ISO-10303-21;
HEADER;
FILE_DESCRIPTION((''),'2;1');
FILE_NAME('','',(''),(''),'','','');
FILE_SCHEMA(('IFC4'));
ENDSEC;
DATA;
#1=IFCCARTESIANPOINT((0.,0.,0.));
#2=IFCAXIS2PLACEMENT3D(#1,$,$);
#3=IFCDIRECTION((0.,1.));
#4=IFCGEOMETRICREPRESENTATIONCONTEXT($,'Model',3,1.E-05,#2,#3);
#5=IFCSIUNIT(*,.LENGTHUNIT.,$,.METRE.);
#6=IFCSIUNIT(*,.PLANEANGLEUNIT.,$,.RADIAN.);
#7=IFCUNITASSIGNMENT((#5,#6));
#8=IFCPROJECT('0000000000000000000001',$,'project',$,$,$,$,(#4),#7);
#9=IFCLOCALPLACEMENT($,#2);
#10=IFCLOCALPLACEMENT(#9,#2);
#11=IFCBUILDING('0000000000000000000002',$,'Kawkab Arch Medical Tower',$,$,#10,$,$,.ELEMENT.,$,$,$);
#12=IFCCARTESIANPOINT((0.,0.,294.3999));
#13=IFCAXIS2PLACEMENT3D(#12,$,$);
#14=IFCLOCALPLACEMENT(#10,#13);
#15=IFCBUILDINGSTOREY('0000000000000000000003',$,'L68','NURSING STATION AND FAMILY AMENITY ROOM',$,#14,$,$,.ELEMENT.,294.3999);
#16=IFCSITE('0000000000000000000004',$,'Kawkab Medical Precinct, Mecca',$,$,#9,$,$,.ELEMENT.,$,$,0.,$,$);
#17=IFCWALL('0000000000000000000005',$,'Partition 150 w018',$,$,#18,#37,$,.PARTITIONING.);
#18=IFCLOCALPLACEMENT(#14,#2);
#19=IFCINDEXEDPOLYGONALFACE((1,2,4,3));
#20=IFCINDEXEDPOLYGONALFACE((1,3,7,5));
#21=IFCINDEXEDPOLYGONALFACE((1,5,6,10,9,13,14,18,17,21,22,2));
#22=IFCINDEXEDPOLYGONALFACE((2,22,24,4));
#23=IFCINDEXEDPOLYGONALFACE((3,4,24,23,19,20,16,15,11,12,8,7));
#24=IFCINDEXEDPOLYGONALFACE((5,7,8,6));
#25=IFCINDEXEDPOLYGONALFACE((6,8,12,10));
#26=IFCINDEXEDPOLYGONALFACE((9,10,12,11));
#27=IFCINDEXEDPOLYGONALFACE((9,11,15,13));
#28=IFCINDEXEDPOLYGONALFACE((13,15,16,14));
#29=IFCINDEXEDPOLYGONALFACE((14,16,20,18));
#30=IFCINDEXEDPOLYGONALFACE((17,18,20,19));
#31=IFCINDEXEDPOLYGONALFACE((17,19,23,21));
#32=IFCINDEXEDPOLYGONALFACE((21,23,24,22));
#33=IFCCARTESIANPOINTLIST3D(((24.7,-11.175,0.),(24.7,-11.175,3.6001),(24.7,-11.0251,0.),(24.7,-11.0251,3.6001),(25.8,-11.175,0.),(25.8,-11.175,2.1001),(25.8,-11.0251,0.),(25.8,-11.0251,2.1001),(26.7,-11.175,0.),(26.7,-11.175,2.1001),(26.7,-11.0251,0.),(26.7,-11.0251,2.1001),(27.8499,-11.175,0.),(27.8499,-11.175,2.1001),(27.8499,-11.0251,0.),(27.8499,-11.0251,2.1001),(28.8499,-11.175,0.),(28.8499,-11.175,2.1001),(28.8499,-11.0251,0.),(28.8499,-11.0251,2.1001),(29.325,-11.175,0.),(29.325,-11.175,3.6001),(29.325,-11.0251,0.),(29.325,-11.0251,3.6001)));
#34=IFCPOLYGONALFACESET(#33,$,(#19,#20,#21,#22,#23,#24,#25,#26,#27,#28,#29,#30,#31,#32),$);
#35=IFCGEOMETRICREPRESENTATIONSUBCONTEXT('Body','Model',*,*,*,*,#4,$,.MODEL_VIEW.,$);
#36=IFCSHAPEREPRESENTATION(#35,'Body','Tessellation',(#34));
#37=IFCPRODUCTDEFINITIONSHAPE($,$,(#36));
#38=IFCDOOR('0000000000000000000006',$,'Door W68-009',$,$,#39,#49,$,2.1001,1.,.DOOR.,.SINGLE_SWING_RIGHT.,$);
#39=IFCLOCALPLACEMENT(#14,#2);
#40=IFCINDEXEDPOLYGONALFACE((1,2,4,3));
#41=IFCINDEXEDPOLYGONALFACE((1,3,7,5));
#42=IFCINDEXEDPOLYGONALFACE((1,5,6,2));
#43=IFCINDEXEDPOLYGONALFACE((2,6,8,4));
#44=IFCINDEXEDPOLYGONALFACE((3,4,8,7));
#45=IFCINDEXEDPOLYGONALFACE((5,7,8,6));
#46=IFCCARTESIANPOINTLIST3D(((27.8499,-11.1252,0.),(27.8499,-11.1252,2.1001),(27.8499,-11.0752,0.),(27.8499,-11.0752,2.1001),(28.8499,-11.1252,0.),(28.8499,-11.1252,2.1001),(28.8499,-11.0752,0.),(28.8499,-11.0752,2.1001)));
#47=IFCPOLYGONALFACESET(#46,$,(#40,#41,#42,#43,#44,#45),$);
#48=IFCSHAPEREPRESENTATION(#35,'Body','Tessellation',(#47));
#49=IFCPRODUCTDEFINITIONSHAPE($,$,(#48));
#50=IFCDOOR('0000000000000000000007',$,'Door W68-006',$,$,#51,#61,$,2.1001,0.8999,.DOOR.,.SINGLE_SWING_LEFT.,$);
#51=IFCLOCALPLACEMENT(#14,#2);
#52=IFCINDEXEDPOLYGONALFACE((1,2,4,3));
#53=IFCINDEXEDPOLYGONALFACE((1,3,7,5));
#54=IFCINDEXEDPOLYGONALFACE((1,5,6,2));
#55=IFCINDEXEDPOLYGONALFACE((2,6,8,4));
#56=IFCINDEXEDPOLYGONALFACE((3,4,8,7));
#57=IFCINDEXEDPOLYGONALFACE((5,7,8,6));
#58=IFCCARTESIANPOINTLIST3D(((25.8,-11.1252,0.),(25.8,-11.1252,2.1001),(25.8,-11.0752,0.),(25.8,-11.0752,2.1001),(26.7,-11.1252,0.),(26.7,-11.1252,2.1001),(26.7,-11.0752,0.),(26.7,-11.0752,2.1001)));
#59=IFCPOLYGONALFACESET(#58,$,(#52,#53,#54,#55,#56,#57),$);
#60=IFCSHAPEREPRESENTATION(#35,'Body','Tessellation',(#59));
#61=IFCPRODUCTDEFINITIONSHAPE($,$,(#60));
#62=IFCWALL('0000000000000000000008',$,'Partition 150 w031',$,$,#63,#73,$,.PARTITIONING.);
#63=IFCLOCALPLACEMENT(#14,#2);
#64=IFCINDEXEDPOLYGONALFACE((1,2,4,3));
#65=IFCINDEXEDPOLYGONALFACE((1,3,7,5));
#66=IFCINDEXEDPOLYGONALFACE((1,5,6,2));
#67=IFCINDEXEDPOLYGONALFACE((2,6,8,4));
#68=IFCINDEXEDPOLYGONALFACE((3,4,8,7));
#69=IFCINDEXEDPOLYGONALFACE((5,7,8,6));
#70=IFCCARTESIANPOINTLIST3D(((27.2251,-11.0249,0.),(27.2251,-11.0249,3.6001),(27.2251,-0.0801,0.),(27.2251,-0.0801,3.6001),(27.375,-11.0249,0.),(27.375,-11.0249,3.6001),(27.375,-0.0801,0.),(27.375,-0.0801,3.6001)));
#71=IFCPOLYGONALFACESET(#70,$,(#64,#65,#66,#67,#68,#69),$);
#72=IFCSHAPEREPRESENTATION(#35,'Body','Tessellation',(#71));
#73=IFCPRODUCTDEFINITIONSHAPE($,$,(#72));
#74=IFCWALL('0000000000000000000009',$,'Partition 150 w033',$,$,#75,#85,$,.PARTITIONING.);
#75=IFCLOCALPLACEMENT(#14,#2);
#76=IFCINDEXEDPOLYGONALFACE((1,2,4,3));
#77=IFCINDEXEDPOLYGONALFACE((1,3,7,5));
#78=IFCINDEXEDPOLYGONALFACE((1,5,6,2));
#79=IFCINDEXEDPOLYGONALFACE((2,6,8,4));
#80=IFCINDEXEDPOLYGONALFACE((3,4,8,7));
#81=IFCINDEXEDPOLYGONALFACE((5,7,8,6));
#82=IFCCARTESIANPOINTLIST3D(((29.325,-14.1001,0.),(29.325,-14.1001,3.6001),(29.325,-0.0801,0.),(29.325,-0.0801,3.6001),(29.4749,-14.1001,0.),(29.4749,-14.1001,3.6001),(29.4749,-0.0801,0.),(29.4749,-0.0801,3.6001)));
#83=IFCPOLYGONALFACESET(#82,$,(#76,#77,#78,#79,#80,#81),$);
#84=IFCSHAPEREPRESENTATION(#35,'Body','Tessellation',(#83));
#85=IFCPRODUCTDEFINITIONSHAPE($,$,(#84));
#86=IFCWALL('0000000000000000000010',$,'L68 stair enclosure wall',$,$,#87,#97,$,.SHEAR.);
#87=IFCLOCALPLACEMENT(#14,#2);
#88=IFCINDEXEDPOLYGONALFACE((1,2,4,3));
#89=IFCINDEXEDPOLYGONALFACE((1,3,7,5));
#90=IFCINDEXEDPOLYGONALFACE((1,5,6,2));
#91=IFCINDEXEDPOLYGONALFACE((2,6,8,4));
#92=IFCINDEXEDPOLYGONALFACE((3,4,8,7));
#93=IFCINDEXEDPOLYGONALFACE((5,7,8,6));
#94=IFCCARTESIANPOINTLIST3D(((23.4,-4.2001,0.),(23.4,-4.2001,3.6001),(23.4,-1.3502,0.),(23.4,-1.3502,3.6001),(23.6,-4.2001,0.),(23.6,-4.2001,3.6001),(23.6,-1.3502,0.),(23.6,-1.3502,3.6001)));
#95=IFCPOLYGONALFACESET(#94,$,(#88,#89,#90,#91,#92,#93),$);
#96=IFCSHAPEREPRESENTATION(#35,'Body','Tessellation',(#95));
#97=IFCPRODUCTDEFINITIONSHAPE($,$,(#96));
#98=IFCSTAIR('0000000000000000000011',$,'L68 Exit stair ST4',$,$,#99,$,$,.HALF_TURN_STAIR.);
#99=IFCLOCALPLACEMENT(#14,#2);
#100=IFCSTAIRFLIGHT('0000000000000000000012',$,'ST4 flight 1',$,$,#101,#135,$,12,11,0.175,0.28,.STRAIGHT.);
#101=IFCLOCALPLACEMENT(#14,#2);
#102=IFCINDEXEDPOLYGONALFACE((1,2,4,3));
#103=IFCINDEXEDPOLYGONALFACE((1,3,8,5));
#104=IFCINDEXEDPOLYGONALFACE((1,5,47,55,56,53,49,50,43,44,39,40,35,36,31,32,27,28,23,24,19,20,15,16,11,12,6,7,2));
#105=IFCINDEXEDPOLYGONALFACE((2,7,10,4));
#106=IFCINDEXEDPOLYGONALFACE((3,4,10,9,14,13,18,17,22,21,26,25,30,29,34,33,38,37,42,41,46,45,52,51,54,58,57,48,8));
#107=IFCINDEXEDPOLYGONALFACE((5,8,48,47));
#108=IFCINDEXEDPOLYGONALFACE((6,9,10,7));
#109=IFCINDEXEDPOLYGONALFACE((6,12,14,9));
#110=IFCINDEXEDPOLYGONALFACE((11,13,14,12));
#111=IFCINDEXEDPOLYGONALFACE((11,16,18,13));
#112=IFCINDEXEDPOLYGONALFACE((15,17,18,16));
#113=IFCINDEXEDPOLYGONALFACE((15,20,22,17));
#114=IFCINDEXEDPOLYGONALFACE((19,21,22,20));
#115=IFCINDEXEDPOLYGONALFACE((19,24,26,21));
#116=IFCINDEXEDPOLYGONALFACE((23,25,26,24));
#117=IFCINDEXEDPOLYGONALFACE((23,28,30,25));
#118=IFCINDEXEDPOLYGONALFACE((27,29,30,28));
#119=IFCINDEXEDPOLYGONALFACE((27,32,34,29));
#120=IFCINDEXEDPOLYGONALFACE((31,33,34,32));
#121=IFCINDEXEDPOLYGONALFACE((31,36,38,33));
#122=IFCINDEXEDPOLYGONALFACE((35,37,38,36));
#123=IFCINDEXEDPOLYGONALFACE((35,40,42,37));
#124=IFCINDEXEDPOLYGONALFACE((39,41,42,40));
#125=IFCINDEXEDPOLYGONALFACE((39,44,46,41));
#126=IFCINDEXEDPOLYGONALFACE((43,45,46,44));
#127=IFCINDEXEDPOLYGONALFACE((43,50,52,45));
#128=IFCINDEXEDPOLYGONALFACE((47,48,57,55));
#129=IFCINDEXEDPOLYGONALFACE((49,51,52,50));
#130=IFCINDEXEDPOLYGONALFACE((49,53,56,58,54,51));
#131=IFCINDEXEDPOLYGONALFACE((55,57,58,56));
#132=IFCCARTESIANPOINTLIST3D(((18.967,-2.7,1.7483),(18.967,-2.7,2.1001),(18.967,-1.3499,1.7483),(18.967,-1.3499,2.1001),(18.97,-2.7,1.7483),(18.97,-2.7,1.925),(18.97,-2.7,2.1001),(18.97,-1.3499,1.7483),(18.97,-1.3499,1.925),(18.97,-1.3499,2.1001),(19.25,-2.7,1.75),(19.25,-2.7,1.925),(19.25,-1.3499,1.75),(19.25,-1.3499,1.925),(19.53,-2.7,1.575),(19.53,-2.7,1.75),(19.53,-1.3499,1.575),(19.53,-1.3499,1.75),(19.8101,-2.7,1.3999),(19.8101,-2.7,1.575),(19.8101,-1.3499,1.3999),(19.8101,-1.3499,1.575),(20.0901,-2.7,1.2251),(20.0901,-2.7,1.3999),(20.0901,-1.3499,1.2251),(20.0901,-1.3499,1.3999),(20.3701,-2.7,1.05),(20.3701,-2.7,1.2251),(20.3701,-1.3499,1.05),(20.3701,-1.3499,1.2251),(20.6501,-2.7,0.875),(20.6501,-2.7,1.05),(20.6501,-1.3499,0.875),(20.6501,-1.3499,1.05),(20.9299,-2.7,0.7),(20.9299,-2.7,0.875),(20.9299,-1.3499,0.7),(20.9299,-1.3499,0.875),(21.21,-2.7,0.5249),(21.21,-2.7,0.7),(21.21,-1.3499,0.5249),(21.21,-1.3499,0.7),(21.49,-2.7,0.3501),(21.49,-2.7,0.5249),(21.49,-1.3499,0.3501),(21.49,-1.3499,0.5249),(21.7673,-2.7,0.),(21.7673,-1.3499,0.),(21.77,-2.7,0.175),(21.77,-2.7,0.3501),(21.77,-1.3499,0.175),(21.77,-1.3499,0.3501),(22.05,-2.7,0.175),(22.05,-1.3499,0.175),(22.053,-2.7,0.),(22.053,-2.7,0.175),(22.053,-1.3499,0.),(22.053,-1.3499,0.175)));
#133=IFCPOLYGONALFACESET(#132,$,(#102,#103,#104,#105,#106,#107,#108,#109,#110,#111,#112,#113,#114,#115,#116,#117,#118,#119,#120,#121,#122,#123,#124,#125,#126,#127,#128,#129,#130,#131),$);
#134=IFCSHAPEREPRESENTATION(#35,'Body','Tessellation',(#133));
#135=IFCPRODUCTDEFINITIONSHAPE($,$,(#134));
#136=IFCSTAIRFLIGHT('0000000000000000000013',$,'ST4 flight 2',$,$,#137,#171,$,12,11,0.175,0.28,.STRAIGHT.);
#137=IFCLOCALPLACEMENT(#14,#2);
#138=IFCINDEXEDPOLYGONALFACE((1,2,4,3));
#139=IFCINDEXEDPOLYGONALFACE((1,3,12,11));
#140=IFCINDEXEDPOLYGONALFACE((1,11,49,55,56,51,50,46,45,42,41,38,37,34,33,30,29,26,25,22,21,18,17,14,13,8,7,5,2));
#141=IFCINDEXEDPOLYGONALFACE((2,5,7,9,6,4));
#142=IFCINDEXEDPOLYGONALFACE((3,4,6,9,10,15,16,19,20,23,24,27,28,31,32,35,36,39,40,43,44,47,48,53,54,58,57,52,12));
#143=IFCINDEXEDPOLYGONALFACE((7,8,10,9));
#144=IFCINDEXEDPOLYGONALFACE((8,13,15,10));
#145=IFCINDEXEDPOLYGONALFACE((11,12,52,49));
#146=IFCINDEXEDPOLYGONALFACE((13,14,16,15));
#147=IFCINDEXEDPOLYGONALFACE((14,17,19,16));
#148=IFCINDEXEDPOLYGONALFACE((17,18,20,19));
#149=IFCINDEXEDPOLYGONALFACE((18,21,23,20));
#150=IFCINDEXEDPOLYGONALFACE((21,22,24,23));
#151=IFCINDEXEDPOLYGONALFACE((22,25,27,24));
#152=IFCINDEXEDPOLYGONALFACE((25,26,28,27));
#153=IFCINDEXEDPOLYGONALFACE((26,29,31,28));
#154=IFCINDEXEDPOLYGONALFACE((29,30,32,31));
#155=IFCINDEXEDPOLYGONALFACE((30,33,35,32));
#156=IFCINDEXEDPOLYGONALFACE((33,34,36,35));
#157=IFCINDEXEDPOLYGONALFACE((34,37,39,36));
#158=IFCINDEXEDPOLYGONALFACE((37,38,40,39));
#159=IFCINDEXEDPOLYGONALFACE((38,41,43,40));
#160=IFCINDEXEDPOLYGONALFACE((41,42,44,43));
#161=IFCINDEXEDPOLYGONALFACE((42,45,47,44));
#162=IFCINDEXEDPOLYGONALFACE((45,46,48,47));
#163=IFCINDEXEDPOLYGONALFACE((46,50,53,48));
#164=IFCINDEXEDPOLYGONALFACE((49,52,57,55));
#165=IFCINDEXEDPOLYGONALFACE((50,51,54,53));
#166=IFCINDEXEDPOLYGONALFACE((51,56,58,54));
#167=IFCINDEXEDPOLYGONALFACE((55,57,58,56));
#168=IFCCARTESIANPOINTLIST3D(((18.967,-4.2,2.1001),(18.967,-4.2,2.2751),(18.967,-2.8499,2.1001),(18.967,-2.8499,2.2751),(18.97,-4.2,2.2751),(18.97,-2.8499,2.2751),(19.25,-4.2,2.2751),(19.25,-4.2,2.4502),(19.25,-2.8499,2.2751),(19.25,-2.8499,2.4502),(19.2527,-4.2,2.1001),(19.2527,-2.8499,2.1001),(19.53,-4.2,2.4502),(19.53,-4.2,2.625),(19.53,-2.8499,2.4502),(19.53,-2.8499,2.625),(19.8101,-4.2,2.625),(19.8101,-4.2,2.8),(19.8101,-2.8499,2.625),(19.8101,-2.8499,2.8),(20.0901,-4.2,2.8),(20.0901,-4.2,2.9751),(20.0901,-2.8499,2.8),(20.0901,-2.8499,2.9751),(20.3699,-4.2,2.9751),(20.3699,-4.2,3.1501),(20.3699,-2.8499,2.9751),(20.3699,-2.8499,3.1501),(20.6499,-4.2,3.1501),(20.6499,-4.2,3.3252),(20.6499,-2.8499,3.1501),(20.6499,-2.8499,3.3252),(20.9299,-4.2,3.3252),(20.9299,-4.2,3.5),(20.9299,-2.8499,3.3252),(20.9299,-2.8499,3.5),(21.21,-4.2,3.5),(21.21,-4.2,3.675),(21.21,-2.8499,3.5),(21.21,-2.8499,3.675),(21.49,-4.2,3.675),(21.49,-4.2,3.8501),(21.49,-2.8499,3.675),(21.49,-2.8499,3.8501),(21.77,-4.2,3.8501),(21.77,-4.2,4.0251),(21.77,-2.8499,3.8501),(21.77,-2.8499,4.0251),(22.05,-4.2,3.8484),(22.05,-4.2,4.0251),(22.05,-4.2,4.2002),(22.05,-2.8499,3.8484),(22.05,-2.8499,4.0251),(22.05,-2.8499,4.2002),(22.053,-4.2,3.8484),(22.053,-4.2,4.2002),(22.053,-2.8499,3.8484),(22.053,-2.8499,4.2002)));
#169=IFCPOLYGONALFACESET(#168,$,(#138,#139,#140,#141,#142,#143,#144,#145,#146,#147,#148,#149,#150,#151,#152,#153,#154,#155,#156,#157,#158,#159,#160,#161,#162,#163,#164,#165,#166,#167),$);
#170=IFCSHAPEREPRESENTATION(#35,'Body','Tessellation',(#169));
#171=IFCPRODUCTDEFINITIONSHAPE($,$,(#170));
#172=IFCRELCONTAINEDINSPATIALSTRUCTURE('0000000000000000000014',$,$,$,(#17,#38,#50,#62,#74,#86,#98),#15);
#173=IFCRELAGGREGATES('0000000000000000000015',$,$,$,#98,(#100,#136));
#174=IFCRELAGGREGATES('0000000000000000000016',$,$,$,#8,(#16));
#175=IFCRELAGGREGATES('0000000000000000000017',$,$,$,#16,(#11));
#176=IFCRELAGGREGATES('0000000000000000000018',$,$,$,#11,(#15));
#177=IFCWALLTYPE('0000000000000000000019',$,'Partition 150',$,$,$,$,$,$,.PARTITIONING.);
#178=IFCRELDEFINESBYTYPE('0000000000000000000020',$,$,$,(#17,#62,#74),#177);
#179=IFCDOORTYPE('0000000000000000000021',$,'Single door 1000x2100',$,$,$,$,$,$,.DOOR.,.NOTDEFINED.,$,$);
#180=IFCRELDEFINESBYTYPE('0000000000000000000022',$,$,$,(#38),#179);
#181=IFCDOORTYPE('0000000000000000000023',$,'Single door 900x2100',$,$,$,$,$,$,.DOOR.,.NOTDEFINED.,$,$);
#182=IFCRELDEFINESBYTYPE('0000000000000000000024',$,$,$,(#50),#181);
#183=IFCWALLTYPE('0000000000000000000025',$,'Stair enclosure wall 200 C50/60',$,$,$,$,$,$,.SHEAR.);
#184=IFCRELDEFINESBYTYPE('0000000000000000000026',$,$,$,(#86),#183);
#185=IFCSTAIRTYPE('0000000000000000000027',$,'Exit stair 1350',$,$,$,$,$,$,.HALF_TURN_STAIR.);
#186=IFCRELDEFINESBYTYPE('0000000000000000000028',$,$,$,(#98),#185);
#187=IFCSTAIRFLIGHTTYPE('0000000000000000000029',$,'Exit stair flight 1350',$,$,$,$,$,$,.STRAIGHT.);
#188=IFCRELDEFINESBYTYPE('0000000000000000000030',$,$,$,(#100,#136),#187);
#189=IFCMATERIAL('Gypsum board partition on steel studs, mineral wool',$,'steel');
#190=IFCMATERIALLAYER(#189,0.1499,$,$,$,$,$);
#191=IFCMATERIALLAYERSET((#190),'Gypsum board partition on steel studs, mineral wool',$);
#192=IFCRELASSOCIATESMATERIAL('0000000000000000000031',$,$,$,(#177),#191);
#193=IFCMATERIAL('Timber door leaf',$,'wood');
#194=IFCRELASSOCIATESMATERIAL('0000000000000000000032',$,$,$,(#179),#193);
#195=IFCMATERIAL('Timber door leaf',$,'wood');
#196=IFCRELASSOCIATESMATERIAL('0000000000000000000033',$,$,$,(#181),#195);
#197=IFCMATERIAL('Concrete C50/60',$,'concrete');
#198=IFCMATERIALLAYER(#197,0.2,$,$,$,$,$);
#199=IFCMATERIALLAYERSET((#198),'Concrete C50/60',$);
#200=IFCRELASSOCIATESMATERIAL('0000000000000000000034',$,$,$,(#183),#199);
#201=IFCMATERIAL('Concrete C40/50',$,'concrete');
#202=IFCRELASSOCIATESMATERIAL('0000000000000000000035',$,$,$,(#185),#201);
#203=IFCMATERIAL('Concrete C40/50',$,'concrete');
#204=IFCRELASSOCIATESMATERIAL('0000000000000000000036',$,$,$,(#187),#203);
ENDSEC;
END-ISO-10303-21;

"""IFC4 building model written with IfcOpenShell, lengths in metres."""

from ifc_helpers import new_model, si_unit, direction, frame, frame_2d, origin, place, context, subcontext, project, spatial, polyline, rectangle, outline, extrude, material, layer, layer_set, type_object, element, fill, aggregate, save


model = new_model("IFC4")

# Units and contexts
model_context = context("Model", 3, precision=1e-05, world=origin(), true_north=direction((0.0, 1.0)))
body_context = subcontext(model_context, "Body", "Model", "MODEL_VIEW")
ifc_project = project(units=[si_unit("LENGTHUNIT", "METRE"), si_unit("PLANEANGLEUNIT", "RADIAN")], contexts=[model_context])

# Site, building, storey
site_placement = place(None, origin())
site = spatial("IfcSite", under=ifc_project, at=site_placement, Name="Kawkab Medical Precinct, Mecca", CompositionType="ELEMENT", RefElevation=0.0)
building_placement = place(site_placement, origin())
building = spatial("IfcBuilding", under=site, at=building_placement, Name="Kawkab Arch Medical Tower", CompositionType="ELEMENT")
storey_placement = place(building_placement, frame((0.0, 0.0, 294.3999)))
storey = spatial("IfcBuildingStorey", under=building, at=storey_placement, Name="L68", Description="NURSING STATION AND FAMILY AMENITY ROOM", CompositionType="ELEMENT", Elevation=294.3999)

# Shared definitions
placement = place(storey_placement, origin())

# Shared definitions
ifc_material_1 = material(Name="Gypsum board partition on steel studs, mineral wool", Category="steel")
ifc_layer_1 = layer(ifc_material_1, 0.1499)
ifc_layer_set_1 = layer_set([ifc_layer_1], Name="Gypsum board partition on steel studs, mineral wool")
wall_type_1 = type_object("IfcWallType", Name="Partition 150", PredefinedType="PARTITIONING", material=ifc_layer_set_1)

# Wall, openings, doors
wall_1_placement = place(storey_placement, frame((24.7, -11.1001, 0.0), z_axis=(0.0, 0.0, 1.0), x_axis=(1.0, 0.0, 0.0)))
wall_1 = element("IfcWall", 1, at=wall_1_placement, inside=storey, type_object=wall_type_1, Name="Partition 150 w018", PredefinedType="PARTITIONING", context=body_context, shape_type="SweptSolid", body=[
    extrude(rectangle(XDim=4.625, YDim=0.1499, at=frame_2d((2.3125, 0.0))), origin(), (0.0, 0.0, 1.0), 3.6001),
])
opening_1_placement = place(wall_1_placement, frame((1.1001, 0.0, 0.0)))
opening_1 = element("IfcOpeningElement", 2, at=opening_1_placement, cuts=wall_1, PredefinedType="OPENING", context=body_context, shape_type="SweptSolid", body=[
    extrude(rectangle(XDim=0.8999, YDim=2.1001, at=frame_2d((0.45, 1.05))), frame((0.0, 0.085, 0.0), z_axis=(0.0, -1.0, 0.0), x_axis=(1.0, 0.0, 0.0)), (0.0, 0.0, 1.0), 0.1699),
])
opening_2_placement = place(wall_1_placement, frame((3.1499, 0.0, 0.0)))
opening_2 = element("IfcOpeningElement", 3, at=opening_2_placement, cuts=wall_1, PredefinedType="OPENING", context=body_context, shape_type="SweptSolid", body=[
    extrude(rectangle(XDim=1.0, YDim=2.1001, at=frame_2d((0.5, 1.05))), frame((0.0, 0.085, 0.0), z_axis=(0.0, -1.0, 0.0), x_axis=(1.0, 0.0, 0.0)), (0.0, 0.0, 1.0), 0.1699),
])
ifc_material_2 = material(Name="Timber door leaf", Category="wood")
door_type_1 = type_object("IfcDoorType", Name="Single door 1000x2100", OperationType="NOTDEFINED", PredefinedType="DOOR", material=ifc_material_2)
door_1_placement = place(opening_2_placement, origin())
door_1 = element("IfcDoor", 4, at=door_1_placement, inside=storey, type_object=door_type_1, Name="Door W68-009", OperationType="SINGLE_SWING_RIGHT", OverallHeight=2.1001, OverallWidth=1.0, PredefinedType="DOOR", context=body_context, shape_type="SweptSolid", body=[
    extrude(rectangle(XDim=1.0, YDim=2.1001, at=frame_2d((0.5, 1.05))), frame((0.0, 0.0249, 0.0), z_axis=(0.0, -1.0, 0.0), x_axis=(1.0, 0.0, 0.0)), (0.0, 0.0, 1.0), 0.05),
])
fill(opening_2, door_1)
ifc_material_3 = material(Name="Timber door leaf", Category="wood")
door_type_2 = type_object("IfcDoorType", Name="Single door 900x2100", OperationType="NOTDEFINED", PredefinedType="DOOR", material=ifc_material_3)
door_2_placement = place(opening_1_placement, origin())
door_2 = element("IfcDoor", 5, at=door_2_placement, inside=storey, type_object=door_type_2, Name="Door W68-006", OperationType="SINGLE_SWING_LEFT", OverallHeight=2.1001, OverallWidth=0.8999, PredefinedType="DOOR", context=body_context, shape_type="SweptSolid", body=[
    extrude(rectangle(XDim=0.8999, YDim=2.1001, at=frame_2d((0.45, 1.05))), frame((0.0, 0.0249, 0.0), z_axis=(0.0, -1.0, 0.0), x_axis=(1.0, 0.0, 0.0)), (0.0, 0.0, 1.0), 0.05),
])
fill(opening_1, door_2)

# Walls
wall_2_placement = place(storey_placement, frame((27.3, -11.0249, 0.0), z_axis=(0.0, 0.0, 1.0), x_axis=(0.0, 1.0, 0.0)))
element("IfcWall", 6, at=wall_2_placement, inside=storey, type_object=wall_type_1, Name="Partition 150 w031", PredefinedType="PARTITIONING", context=body_context, shape_type="SweptSolid", body=[
    extrude(rectangle(XDim=10.9448, YDim=0.1499, at=frame_2d((5.4724, 0.0))), origin(), (0.0, 0.0, 1.0), 3.6001),
])
wall_3_placement = place(storey_placement, frame((29.3999, -14.1001, 0.0), z_axis=(0.0, 0.0, 1.0), x_axis=(0.0, 1.0, 0.0)))
element("IfcWall", 7, at=wall_3_placement, inside=storey, type_object=wall_type_1, Name="Partition 150 w033", PredefinedType="PARTITIONING", context=body_context, shape_type="SweptSolid", body=[
    extrude(rectangle(XDim=14.02, YDim=0.1499, at=frame_2d((7.01, 0.0))), origin(), (0.0, 0.0, 1.0), 3.6001),
])
ifc_material_4 = material(Name="Concrete C50/60", Category="concrete")
ifc_layer_2 = layer(ifc_material_4, 0.2)
ifc_layer_set_2 = layer_set([ifc_layer_2], Name="Concrete C50/60")
wall_type_2 = type_object("IfcWallType", Name="Stair enclosure wall 200 C50/60", PredefinedType="SHEAR", material=ifc_layer_set_2)
wall_4_placement = place(storey_placement, frame((23.5, -4.2, 0.0), z_axis=(0.0, 0.0, 1.0), x_axis=(0.0, 1.0, 0.0)))
element("IfcWall", 8, at=wall_4_placement, inside=storey, type_object=wall_type_2, Name="L68 stair enclosure wall", PredefinedType="SHEAR", context=body_context, shape_type="SweptSolid", body=[
    extrude(rectangle(XDim=2.8499, YDim=0.2, at=frame_2d((1.4248, 0.0))), origin(), (0.0, 0.0, 1.0), 3.6001),
])

# Stair, stair flights
ifc_material_5 = material(Name="Concrete C40/50", Category="concrete")
stair_type = type_object("IfcStairType", Name="Exit stair 1350", PredefinedType="HALF_TURN_STAIR", material=ifc_material_5)
stair = element("IfcStair", 9, at=placement, inside=storey, type_object=stair_type, Name="L68 Exit stair ST4", PredefinedType="HALF_TURN_STAIR")
ifc_material_6 = material(Name="Concrete C40/50", Category="concrete")
stair_flight_type = type_object("IfcStairFlightType", Name="Exit stair flight 1350", PredefinedType="STRAIGHT", material=ifc_material_6)
stair_flight_1_placement = place(storey_placement, frame((22.05, -2.0249, 0.0), z_axis=(0.0, 0.0, 1.0), x_axis=(-1.0, 0.0, 0.0)))
stair_flight_1 = element("IfcStairFlight", 10, at=stair_flight_1_placement, type_object=stair_flight_type, Name="ST4 flight 1", NumberOfRisers=12, NumberOfTreads=11, PredefinedType="STRAIGHT", RiserHeight=0.175, TreadLength=0.28, context=body_context, shape_type="SweptSolid", body=[
    extrude(outline(polyline([(-0.0029, 0.0), (-0.0029, 0.175), (0.0, 0.175), (0.28, 0.175), (0.28, 0.3501), (0.5601, 0.3501), (0.5601, 0.5249), (0.8401, 0.5249), (0.8401, 0.7), (1.1201, 0.7), (1.1201, 0.875), (1.3999, 0.875), (1.3999, 1.05), (1.6799, 1.05), (1.6799, 1.2251), (1.96, 1.2251), (1.96, 1.3999), (2.24, 1.3999), (2.24, 1.575), (2.52, 1.575), (2.52, 1.75), (2.8, 1.75), (2.8, 1.925), (3.0801, 1.925), (3.0801, 2.1001), (3.083, 2.1001), (3.083, 1.7483), (3.0801, 1.7483), (0.2827, 0.0), (-0.0029, 0.0)])), frame((0.0, 0.675, 0.0), z_axis=(0.0, -1.0, 0.0), x_axis=(1.0, 0.0, 0.0)), (0.0, 0.0, 1.0), 1.3501),
])
stair_flight_2_placement = place(storey_placement, frame((18.97, -3.5249, 2.1001), z_axis=(0.0, 0.0, 1.0), x_axis=(1.0, 0.0, 0.0)))
stair_flight_2 = element("IfcStairFlight", 11, at=stair_flight_2_placement, type_object=stair_flight_type, Name="ST4 flight 2", NumberOfRisers=12, NumberOfTreads=11, PredefinedType="STRAIGHT", RiserHeight=0.175, TreadLength=0.28, context=body_context, shape_type="SweptSolid", body=[
    extrude(outline(polyline([(-0.0029, 0.0), (-0.0029, 0.175), (0.0, 0.175), (0.28, 0.175), (0.28, 0.3501), (0.5601, 0.3501), (0.5601, 0.5249), (0.8401, 0.5249), (0.8401, 0.7), (1.1201, 0.7), (1.1201, 0.875), (1.3999, 0.875), (1.3999, 1.05), (1.6799, 1.05), (1.6799, 1.2251), (1.96, 1.2251), (1.96, 1.3999), (2.24, 1.3999), (2.24, 1.575), (2.52, 1.575), (2.52, 1.75), (2.8, 1.75), (2.8, 1.925), (3.0801, 1.925), (3.0801, 2.1001), (3.083, 2.1001), (3.083, 1.7483), (3.0801, 1.7483), (0.2827, 0.0), (-0.0029, 0.0)])), frame((0.0, 0.675, 0.0), z_axis=(0.0, -1.0, 0.0), x_axis=(1.0, 0.0, 0.0)), (0.0, 0.0, 1.0), 1.3501),
])
aggregate(stair, [stair_flight_1, stair_flight_2])

save(model, "model.ifc")
